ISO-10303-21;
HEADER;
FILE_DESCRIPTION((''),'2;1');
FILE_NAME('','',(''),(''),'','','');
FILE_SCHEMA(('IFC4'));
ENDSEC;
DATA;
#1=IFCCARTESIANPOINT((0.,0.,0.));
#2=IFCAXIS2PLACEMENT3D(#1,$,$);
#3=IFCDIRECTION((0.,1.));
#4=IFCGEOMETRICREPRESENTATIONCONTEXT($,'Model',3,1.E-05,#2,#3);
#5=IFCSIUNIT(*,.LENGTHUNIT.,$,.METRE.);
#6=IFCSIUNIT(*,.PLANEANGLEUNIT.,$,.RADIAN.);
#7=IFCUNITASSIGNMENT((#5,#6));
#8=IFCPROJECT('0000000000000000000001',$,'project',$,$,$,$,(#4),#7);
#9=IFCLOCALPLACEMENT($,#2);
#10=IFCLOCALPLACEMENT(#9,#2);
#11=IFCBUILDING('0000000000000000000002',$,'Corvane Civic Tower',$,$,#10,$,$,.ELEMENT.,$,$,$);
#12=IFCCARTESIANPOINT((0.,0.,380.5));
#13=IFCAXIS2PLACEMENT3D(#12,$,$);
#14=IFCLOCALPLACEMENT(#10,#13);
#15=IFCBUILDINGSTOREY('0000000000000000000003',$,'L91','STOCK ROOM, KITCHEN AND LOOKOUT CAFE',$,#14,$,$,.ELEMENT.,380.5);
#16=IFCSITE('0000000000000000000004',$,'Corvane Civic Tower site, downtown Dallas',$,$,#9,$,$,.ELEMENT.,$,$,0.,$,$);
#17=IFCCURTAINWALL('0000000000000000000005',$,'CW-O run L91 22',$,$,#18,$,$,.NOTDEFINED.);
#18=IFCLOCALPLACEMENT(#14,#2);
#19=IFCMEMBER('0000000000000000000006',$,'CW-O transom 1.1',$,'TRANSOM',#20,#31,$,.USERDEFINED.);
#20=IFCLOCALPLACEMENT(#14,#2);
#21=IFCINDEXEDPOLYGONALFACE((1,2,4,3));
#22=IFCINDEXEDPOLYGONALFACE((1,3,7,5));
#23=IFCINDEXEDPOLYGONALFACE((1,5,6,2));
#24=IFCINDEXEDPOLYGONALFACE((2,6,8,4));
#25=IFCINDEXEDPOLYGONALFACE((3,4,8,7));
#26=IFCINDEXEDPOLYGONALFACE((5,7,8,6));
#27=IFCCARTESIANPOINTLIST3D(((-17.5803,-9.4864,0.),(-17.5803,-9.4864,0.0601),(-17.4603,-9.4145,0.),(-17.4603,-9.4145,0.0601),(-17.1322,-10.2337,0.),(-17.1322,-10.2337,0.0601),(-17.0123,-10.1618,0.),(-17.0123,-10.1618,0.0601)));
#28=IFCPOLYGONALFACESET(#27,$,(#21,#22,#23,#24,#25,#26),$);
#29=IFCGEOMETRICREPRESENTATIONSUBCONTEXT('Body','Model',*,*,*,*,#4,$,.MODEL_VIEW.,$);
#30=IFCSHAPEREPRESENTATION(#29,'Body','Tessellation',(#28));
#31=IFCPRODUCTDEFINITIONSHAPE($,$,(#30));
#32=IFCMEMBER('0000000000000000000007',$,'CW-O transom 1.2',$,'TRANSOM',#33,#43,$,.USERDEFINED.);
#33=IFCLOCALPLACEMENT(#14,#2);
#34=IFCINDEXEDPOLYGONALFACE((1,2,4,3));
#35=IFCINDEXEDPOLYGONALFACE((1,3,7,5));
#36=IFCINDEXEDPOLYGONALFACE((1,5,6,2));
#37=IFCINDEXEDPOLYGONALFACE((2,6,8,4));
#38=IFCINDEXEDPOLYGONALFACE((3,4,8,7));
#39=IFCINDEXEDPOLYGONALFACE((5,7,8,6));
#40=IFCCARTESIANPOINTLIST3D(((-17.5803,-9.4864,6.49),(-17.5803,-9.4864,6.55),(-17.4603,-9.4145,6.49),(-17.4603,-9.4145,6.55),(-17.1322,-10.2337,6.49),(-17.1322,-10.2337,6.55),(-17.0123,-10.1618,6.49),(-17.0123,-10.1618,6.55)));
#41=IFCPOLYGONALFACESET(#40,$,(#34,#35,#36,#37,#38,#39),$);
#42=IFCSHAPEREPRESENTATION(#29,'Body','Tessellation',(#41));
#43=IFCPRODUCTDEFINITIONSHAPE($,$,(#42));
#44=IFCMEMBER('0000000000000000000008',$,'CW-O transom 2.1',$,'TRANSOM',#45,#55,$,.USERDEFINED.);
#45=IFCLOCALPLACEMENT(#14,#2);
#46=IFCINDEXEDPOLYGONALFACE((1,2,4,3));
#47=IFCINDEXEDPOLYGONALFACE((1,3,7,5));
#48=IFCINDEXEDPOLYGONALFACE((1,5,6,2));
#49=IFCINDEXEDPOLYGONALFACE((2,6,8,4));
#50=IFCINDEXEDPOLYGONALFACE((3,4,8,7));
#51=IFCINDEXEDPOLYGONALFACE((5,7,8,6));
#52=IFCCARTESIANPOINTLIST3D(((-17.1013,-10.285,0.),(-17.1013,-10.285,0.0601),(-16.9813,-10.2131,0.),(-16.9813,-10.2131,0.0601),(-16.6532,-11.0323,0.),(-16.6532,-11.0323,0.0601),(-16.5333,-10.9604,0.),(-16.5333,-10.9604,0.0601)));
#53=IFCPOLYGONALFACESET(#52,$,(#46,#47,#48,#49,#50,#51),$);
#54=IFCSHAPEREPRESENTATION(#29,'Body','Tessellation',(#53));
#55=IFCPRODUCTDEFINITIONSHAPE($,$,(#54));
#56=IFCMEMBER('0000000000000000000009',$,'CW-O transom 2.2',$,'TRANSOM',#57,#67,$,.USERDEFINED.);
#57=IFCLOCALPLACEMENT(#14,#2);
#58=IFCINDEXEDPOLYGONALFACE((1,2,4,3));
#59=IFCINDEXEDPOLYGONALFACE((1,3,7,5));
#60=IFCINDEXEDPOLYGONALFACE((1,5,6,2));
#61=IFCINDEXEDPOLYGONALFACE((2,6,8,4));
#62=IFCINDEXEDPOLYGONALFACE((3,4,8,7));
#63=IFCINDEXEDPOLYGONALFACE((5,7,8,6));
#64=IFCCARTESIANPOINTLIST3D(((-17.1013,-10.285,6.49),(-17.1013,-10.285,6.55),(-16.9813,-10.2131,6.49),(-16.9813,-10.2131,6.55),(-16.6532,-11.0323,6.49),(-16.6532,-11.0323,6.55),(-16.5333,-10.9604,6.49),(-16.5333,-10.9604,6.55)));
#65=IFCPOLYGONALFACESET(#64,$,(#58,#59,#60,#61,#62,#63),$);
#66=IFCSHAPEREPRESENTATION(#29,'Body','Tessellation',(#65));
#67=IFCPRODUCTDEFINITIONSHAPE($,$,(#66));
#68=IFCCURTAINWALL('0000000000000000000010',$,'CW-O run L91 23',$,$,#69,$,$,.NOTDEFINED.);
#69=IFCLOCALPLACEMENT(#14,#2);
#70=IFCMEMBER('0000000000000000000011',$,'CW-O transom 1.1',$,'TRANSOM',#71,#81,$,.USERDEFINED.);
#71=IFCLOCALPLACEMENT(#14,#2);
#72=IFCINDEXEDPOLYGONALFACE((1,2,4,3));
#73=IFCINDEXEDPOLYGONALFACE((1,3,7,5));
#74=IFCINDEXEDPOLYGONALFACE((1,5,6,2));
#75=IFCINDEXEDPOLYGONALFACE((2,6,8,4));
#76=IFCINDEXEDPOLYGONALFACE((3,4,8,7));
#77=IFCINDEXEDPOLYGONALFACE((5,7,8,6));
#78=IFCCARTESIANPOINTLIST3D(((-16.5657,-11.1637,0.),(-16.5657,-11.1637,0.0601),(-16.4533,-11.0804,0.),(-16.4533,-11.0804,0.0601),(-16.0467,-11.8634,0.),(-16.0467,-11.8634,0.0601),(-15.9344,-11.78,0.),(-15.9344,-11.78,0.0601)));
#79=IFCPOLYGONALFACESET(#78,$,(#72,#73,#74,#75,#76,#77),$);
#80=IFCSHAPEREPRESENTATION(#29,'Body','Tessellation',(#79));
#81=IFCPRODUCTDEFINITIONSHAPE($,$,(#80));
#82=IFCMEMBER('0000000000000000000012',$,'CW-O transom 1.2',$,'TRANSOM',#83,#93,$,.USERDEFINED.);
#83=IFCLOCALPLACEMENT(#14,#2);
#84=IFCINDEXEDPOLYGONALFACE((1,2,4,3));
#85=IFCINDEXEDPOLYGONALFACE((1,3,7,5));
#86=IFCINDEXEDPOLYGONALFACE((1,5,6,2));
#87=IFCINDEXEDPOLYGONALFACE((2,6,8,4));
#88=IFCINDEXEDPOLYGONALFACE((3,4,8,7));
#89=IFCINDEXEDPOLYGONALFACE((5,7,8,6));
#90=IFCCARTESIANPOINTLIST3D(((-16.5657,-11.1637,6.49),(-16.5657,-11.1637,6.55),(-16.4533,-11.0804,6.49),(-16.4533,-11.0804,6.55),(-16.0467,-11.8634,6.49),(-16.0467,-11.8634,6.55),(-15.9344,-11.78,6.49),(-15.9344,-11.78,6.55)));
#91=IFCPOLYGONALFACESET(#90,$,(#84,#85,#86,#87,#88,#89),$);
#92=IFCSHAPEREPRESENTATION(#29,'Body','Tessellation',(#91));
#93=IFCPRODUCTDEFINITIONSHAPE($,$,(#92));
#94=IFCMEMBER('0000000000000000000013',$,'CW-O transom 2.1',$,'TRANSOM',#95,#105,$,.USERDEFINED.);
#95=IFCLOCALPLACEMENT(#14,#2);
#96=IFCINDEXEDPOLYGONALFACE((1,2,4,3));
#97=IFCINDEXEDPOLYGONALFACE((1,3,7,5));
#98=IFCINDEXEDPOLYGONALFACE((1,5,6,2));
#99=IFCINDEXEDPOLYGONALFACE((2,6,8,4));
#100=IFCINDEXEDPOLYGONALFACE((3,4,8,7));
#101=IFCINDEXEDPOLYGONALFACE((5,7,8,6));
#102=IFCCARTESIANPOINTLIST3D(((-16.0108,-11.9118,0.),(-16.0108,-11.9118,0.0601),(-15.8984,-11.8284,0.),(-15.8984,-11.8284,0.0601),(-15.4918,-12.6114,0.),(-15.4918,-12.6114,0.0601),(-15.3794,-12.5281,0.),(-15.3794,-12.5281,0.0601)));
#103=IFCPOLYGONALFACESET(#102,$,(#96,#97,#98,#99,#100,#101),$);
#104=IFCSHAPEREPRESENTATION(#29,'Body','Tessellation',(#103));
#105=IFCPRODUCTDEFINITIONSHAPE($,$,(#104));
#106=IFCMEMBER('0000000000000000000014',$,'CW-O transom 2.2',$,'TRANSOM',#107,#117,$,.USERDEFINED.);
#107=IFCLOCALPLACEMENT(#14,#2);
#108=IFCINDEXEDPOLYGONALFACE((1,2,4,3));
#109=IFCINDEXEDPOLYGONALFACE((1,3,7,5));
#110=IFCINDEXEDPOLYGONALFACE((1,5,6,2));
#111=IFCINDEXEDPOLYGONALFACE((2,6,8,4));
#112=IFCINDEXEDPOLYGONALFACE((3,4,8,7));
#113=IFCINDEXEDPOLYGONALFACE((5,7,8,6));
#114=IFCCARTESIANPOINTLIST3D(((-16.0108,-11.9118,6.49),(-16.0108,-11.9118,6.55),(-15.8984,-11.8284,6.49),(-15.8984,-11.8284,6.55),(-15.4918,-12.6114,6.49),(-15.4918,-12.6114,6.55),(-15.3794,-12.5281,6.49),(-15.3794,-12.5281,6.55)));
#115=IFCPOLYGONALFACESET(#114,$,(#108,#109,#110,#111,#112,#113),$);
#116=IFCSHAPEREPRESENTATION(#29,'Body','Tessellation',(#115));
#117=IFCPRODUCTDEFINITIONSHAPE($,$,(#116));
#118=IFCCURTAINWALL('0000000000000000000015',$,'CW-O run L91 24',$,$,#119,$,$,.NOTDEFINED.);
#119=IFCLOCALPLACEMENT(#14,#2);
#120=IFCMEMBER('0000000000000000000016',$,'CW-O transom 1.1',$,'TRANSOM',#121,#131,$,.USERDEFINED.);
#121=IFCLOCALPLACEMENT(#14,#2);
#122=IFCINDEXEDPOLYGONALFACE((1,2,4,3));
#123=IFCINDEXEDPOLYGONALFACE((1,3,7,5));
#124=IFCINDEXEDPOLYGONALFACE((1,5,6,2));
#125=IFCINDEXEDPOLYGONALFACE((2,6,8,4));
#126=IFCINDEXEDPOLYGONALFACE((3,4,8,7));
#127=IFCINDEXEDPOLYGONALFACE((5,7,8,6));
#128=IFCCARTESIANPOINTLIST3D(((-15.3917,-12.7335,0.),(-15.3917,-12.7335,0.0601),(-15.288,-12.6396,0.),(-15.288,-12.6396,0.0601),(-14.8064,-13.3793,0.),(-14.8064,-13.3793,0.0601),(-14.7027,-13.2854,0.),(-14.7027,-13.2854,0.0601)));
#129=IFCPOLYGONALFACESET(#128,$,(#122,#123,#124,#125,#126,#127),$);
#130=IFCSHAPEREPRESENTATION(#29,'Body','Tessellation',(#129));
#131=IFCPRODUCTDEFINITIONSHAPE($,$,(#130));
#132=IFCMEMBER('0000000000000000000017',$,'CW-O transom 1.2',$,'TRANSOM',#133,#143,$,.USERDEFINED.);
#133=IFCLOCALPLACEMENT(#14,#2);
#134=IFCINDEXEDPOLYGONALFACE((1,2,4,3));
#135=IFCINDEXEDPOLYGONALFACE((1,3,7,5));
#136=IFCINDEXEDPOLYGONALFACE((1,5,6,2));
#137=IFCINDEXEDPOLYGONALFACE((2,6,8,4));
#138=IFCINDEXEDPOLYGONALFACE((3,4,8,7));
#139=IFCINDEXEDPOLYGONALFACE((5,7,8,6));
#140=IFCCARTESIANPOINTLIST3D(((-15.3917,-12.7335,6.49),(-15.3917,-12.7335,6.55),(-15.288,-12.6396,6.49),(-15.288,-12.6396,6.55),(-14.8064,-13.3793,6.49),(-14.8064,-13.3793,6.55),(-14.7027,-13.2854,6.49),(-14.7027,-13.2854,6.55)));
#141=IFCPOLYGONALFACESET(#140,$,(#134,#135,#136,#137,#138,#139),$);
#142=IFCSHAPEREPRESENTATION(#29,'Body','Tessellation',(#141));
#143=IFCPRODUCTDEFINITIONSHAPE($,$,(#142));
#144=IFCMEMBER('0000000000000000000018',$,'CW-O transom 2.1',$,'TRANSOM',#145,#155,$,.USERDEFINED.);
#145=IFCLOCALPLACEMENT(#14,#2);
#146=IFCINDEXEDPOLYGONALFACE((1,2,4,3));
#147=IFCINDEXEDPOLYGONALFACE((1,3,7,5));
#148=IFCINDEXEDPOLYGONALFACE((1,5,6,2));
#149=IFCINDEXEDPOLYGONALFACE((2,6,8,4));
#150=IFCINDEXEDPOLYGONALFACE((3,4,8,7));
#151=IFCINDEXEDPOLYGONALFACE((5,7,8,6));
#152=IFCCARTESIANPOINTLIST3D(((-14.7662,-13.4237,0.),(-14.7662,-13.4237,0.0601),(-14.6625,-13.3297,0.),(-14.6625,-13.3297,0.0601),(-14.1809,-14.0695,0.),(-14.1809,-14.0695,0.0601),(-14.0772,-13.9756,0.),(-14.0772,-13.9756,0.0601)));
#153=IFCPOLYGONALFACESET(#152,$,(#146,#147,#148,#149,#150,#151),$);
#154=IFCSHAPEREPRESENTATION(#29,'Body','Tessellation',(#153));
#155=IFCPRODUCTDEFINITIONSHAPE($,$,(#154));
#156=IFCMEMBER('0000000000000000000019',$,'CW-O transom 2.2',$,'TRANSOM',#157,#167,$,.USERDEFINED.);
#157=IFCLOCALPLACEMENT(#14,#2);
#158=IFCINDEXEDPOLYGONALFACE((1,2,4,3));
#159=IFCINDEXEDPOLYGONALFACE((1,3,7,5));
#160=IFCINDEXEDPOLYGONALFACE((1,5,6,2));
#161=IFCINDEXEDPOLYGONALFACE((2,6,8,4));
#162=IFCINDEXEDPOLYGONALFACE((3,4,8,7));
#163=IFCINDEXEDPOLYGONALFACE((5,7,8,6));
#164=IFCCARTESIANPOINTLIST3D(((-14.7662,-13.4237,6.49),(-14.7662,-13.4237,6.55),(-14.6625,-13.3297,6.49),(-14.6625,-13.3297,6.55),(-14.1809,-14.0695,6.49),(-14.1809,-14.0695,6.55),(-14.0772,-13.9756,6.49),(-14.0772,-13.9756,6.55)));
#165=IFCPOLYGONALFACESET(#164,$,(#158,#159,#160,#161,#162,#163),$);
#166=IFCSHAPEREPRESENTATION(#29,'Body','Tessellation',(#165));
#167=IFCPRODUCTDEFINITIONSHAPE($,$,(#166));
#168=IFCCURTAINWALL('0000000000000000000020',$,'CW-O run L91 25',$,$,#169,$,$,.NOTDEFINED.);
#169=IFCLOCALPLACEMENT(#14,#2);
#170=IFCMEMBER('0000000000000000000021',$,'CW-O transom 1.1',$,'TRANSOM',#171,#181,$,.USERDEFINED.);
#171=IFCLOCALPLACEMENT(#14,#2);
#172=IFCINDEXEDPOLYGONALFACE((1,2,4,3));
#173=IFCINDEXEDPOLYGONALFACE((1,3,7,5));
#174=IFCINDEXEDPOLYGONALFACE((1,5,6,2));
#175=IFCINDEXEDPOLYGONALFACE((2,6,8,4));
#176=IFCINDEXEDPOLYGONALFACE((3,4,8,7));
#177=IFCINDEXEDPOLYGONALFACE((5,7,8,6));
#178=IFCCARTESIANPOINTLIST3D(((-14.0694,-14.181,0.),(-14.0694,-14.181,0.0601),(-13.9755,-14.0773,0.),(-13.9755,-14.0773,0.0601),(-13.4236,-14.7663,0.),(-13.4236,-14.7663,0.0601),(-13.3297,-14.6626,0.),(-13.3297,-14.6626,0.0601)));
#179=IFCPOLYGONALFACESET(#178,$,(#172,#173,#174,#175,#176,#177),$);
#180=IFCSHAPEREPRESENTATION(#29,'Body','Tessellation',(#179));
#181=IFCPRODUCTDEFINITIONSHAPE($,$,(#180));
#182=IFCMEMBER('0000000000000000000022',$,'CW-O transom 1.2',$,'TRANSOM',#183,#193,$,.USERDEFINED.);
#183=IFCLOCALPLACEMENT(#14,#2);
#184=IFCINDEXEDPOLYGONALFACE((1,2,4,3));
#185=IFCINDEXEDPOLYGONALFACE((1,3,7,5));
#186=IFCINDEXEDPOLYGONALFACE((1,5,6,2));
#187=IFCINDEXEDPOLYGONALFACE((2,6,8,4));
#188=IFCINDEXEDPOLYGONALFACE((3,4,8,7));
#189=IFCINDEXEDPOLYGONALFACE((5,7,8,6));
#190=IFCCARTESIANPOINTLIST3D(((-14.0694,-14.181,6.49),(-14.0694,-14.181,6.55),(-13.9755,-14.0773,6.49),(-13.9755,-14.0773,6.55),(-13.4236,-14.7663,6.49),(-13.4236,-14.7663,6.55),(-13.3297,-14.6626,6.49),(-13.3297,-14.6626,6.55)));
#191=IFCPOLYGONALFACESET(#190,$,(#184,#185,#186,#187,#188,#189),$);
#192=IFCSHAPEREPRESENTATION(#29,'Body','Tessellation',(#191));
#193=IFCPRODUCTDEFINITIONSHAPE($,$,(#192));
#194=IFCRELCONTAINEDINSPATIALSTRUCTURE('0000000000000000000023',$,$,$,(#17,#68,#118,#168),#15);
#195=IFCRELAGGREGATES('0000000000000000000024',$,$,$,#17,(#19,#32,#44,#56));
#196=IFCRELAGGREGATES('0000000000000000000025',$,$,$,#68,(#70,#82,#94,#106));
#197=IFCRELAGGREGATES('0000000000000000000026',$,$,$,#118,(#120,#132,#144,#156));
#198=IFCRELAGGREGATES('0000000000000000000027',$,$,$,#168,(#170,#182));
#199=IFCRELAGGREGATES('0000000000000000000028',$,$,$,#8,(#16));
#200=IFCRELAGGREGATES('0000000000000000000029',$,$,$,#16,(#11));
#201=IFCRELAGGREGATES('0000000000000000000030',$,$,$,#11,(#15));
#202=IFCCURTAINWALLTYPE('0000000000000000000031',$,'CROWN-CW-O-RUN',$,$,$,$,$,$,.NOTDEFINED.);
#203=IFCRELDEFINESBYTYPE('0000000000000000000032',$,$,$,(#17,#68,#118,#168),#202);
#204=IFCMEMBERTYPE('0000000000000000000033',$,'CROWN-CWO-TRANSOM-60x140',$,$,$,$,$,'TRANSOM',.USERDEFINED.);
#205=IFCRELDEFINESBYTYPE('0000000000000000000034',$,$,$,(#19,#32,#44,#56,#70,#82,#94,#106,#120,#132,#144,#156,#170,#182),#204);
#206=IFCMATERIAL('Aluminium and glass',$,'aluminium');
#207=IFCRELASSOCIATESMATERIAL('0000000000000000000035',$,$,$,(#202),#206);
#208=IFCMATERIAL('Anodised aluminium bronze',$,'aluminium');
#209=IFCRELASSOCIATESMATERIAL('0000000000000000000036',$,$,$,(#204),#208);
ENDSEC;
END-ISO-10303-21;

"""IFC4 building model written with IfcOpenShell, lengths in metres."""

from ifc_helpers import new_model, si_unit, direction, frame, origin, origin_2d, place, context, subcontext, project, spatial, rectangle, extrude, material, material_profile, profile_set, type_object, element, aggregate, save


model = new_model("IFC4")

# Units and contexts
model_context = context("Model", 3, precision=1e-05, world=origin(), true_north=direction((0.0, 1.0)))
body_context = subcontext(model_context, "Body", "Model", "MODEL_VIEW")
ifc_project = project(units=[si_unit("LENGTHUNIT", "METRE"), si_unit("PLANEANGLEUNIT", "RADIAN")], contexts=[model_context])

# Site, building, storey
site_placement = place(None, origin())
site = spatial("IfcSite", under=ifc_project, at=site_placement, Name="Corvane Civic Tower site, downtown Dallas", CompositionType="ELEMENT", RefElevation=0.0)
building_placement = place(site_placement, origin())
building = spatial("IfcBuilding", under=site, at=building_placement, Name="Corvane Civic Tower", CompositionType="ELEMENT")
storey_placement = place(building_placement, frame((0.0, 0.0, 380.5)))
storey = spatial("IfcBuildingStorey", under=building, at=storey_placement, Name="L91", Description="STOCK ROOM, KITCHEN AND LOOKOUT CAFE", CompositionType="ELEMENT", Elevation=380.5)

# Curtain walls, members
ifc_material_1 = material(Name="Aluminium and glass", Category="aluminium")
curtain_wall_type = type_object("IfcCurtainWallType", Name="CROWN-CW-O-RUN", PredefinedType="NOTDEFINED", material=ifc_material_1)
curtain_wall_1_placement = place(storey_placement, origin())
curtain_wall_1 = element("IfcCurtainWall", 1, at=curtain_wall_1_placement, inside=storey, type_object=curtain_wall_type, Name="CW-O run L91 22", PredefinedType="NOTDEFINED")
ifc_material_2 = material(Name="Anodised aluminium bronze", Category="aluminium")
ifc_material_profile = material_profile(ifc_material_2, rectangle(XDim=0.1399, YDim=0.0601, at=origin_2d()), Name="AL 140x60")
ifc_profile_set = profile_set([ifc_material_profile], Name="Anodised aluminium bronze")
member_type = type_object("IfcMemberType", Name="CROWN-CWO-TRANSOM-60x140", ElementType="TRANSOM", PredefinedType="USERDEFINED", material=ifc_profile_set)
member_1_placement = place(storey_placement, frame((-17.5203, -9.4504, 0.03), z_axis=(0.514166, -0.857691, 0.0), x_axis=(0.857691, 0.514166, 0.0)))
member_1 = element("IfcMember", 2, at=member_1_placement, type_object=member_type, Name="CW-O transom 1.1", ObjectType="TRANSOM", PredefinedType="USERDEFINED", context=body_context, shape_type="SweptSolid", body=[
    extrude(rectangle(XDim=0.1399, YDim=0.0601, at=origin_2d()), origin(), (0.0, 0.0, 1.0), 0.8713),
])
member_2_placement = place(storey_placement, frame((-17.5203, -9.4504, 6.52), z_axis=(0.514166, -0.857691, 0.0), x_axis=(0.857691, 0.514166, 0.0)))
member_2 = element("IfcMember", 3, at=member_2_placement, type_object=member_type, Name="CW-O transom 1.2", ObjectType="TRANSOM", PredefinedType="USERDEFINED", context=body_context, shape_type="SweptSolid", body=[
    extrude(rectangle(XDim=0.1399, YDim=0.0601, at=origin_2d()), origin(), (0.0, 0.0, 1.0), 0.8713),
])
member_3_placement = place(storey_placement, frame((-17.0413, -10.249, 0.03), z_axis=(0.514166, -0.857691, 0.0), x_axis=(0.857691, 0.514166, 0.0)))
member_3 = element("IfcMember", 4, at=member_3_placement, type_object=member_type, Name="CW-O transom 2.1", ObjectType="TRANSOM", PredefinedType="USERDEFINED", context=body_context, shape_type="SweptSolid", body=[
    extrude(rectangle(XDim=0.1399, YDim=0.0601, at=origin_2d()), origin(), (0.0, 0.0, 1.0), 0.8713),
])
member_4_placement = place(storey_placement, frame((-17.0413, -10.249, 6.52), z_axis=(0.514166, -0.857691, 0.0), x_axis=(0.857691, 0.514166, 0.0)))
member_4 = element("IfcMember", 5, at=member_4_placement, type_object=member_type, Name="CW-O transom 2.2", ObjectType="TRANSOM", PredefinedType="USERDEFINED", context=body_context, shape_type="SweptSolid", body=[
    extrude(rectangle(XDim=0.1399, YDim=0.0601, at=origin_2d()), origin(), (0.0, 0.0, 1.0), 0.8713),
])
curtain_wall_2_placement = place(storey_placement, origin())
curtain_wall_2 = element("IfcCurtainWall", 6, at=curtain_wall_2_placement, inside=storey, type_object=curtain_wall_type, Name="CW-O run L91 23", PredefinedType="NOTDEFINED")
member_5_placement = place(storey_placement, frame((-16.5095, -11.1221, 0.03), z_axis=(0.595777, -0.80315, 0.0), x_axis=(0.80315, 0.595777, 0.0)))
member_5 = element("IfcMember", 7, at=member_5_placement, type_object=member_type, Name="CW-O transom 1.1", ObjectType="TRANSOM", PredefinedType="USERDEFINED", context=body_context, shape_type="SweptSolid", body=[
    extrude(rectangle(XDim=0.1399, YDim=0.0601, at=origin_2d()), origin(), (0.0, 0.0, 1.0), 0.8711),
])
member_6_placement = place(storey_placement, frame((-16.5095, -11.1221, 6.52), z_axis=(0.595777, -0.80315, 0.0), x_axis=(0.80315, 0.595777, 0.0)))
member_6 = element("IfcMember", 8, at=member_6_placement, type_object=member_type, Name="CW-O transom 1.2", ObjectType="TRANSOM", PredefinedType="USERDEFINED", context=body_context, shape_type="SweptSolid", body=[
    extrude(rectangle(XDim=0.1399, YDim=0.0601, at=origin_2d()), origin(), (0.0, 0.0, 1.0), 0.8711),
])
member_7_placement = place(storey_placement, frame((-15.9546, -11.8701, 0.03), z_axis=(0.595777, -0.80315, 0.0), x_axis=(0.80315, 0.595777, 0.0)))
member_7 = element("IfcMember", 9, at=member_7_placement, type_object=member_type, Name="CW-O transom 2.1", ObjectType="TRANSOM", PredefinedType="USERDEFINED", context=body_context, shape_type="SweptSolid", body=[
    extrude(rectangle(XDim=0.1399, YDim=0.0601, at=origin_2d()), origin(), (0.0, 0.0, 1.0), 0.8711),
])
member_8_placement = place(storey_placement, frame((-15.9546, -11.8701, 6.52), z_axis=(0.595777, -0.80315, 0.0), x_axis=(0.80315, 0.595777, 0.0)))
member_8 = element("IfcMember", 10, at=member_8_placement, type_object=member_type, Name="CW-O transom 2.2", ObjectType="TRANSOM", PredefinedType="USERDEFINED", context=body_context, shape_type="SweptSolid", body=[
    extrude(rectangle(XDim=0.1399, YDim=0.0601, at=origin_2d()), origin(), (0.0, 0.0, 1.0), 0.8711),
])
curtain_wall_3_placement = place(storey_placement, origin())
curtain_wall_3 = element("IfcCurtainWall", 11, at=curtain_wall_3_placement, inside=storey, type_object=curtain_wall_type, Name="CW-O run L91 24", PredefinedType="NOTDEFINED")
member_9_placement = place(storey_placement, frame((-15.3398, -12.6865, 0.03), z_axis=(0.671515, -0.740991, 0.0), x_axis=(0.740991, 0.671515, 0.0)))
member_9 = element("IfcMember", 12, at=member_9_placement, type_object=member_type, Name="CW-O transom 1.1", ObjectType="TRANSOM", PredefinedType="USERDEFINED", context=body_context, shape_type="SweptSolid", body=[
    extrude(rectangle(XDim=0.1399, YDim=0.0601, at=origin_2d()), origin(), (0.0, 0.0, 1.0), 0.8716),
])
member_10_placement = place(storey_placement, frame((-15.3398, -12.6865, 6.52), z_axis=(0.671515, -0.740991, 0.0), x_axis=(0.740991, 0.671515, 0.0)))
member_10 = element("IfcMember", 13, at=member_10_placement, type_object=member_type, Name="CW-O transom 1.2", ObjectType="TRANSOM", PredefinedType="USERDEFINED", context=body_context, shape_type="SweptSolid", body=[
    extrude(rectangle(XDim=0.1399, YDim=0.0601, at=origin_2d()), origin(), (0.0, 0.0, 1.0), 0.8716),
])
member_11_placement = place(storey_placement, frame((-14.7144, -13.3767, 0.03), z_axis=(0.671515, -0.740991, 0.0), x_axis=(0.740991, 0.671515, 0.0)))
member_11 = element("IfcMember", 14, at=member_11_placement, type_object=member_type, Name="CW-O transom 2.1", ObjectType="TRANSOM", PredefinedType="USERDEFINED", context=body_context, shape_type="SweptSolid", body=[
    extrude(rectangle(XDim=0.1399, YDim=0.0601, at=origin_2d()), origin(), (0.0, 0.0, 1.0), 0.8716),
])
member_12_placement = place(storey_placement, frame((-14.7144, -13.3767, 6.52), z_axis=(0.671515, -0.740991, 0.0), x_axis=(0.740991, 0.671515, 0.0)))
member_12 = element("IfcMember", 15, at=member_12_placement, type_object=member_type, Name="CW-O transom 2.2", ObjectType="TRANSOM", PredefinedType="USERDEFINED", context=body_context, shape_type="SweptSolid", body=[
    extrude(rectangle(XDim=0.1399, YDim=0.0601, at=origin_2d()), origin(), (0.0, 0.0, 1.0), 0.8716),
])
curtain_wall_4_placement = place(storey_placement, origin())
curtain_wall_4 = element("IfcCurtainWall", 16, at=curtain_wall_4_placement, inside=storey, type_object=curtain_wall_type, Name="CW-O run L91 25", PredefinedType="NOTDEFINED")
member_13_placement = place(storey_placement, frame((-14.0225, -14.1292, 0.03), z_axis=(0.740991, -0.671515, 0.0), x_axis=(0.671515, 0.740991, 0.0)))
member_13 = element("IfcMember", 17, at=member_13_placement, type_object=member_type, Name="CW-O transom 1.1", ObjectType="TRANSOM", PredefinedType="USERDEFINED", context=body_context, shape_type="SweptSolid", body=[
    extrude(rectangle(XDim=0.1399, YDim=0.0601, at=origin_2d()), origin(), (0.0, 0.0, 1.0), 0.8716),
])
member_14_placement = place(storey_placement, frame((-14.0225, -14.1292, 6.52), z_axis=(0.740991, -0.671515, 0.0), x_axis=(0.671515, 0.740991, 0.0)))
member_14 = element("IfcMember", 18, at=member_14_placement, type_object=member_type, Name="CW-O transom 1.2", ObjectType="TRANSOM", PredefinedType="USERDEFINED", context=body_context, shape_type="SweptSolid", body=[
    extrude(rectangle(XDim=0.1399, YDim=0.0601, at=origin_2d()), origin(), (0.0, 0.0, 1.0), 0.8716),
])

aggregate(curtain_wall_1, [member_1, member_2, member_3, member_4])
aggregate(curtain_wall_2, [member_5, member_6, member_7, member_8])
aggregate(curtain_wall_3, [member_9, member_10, member_11, member_12])
aggregate(curtain_wall_4, [member_13, member_14])

save(model, "model.ifc")
